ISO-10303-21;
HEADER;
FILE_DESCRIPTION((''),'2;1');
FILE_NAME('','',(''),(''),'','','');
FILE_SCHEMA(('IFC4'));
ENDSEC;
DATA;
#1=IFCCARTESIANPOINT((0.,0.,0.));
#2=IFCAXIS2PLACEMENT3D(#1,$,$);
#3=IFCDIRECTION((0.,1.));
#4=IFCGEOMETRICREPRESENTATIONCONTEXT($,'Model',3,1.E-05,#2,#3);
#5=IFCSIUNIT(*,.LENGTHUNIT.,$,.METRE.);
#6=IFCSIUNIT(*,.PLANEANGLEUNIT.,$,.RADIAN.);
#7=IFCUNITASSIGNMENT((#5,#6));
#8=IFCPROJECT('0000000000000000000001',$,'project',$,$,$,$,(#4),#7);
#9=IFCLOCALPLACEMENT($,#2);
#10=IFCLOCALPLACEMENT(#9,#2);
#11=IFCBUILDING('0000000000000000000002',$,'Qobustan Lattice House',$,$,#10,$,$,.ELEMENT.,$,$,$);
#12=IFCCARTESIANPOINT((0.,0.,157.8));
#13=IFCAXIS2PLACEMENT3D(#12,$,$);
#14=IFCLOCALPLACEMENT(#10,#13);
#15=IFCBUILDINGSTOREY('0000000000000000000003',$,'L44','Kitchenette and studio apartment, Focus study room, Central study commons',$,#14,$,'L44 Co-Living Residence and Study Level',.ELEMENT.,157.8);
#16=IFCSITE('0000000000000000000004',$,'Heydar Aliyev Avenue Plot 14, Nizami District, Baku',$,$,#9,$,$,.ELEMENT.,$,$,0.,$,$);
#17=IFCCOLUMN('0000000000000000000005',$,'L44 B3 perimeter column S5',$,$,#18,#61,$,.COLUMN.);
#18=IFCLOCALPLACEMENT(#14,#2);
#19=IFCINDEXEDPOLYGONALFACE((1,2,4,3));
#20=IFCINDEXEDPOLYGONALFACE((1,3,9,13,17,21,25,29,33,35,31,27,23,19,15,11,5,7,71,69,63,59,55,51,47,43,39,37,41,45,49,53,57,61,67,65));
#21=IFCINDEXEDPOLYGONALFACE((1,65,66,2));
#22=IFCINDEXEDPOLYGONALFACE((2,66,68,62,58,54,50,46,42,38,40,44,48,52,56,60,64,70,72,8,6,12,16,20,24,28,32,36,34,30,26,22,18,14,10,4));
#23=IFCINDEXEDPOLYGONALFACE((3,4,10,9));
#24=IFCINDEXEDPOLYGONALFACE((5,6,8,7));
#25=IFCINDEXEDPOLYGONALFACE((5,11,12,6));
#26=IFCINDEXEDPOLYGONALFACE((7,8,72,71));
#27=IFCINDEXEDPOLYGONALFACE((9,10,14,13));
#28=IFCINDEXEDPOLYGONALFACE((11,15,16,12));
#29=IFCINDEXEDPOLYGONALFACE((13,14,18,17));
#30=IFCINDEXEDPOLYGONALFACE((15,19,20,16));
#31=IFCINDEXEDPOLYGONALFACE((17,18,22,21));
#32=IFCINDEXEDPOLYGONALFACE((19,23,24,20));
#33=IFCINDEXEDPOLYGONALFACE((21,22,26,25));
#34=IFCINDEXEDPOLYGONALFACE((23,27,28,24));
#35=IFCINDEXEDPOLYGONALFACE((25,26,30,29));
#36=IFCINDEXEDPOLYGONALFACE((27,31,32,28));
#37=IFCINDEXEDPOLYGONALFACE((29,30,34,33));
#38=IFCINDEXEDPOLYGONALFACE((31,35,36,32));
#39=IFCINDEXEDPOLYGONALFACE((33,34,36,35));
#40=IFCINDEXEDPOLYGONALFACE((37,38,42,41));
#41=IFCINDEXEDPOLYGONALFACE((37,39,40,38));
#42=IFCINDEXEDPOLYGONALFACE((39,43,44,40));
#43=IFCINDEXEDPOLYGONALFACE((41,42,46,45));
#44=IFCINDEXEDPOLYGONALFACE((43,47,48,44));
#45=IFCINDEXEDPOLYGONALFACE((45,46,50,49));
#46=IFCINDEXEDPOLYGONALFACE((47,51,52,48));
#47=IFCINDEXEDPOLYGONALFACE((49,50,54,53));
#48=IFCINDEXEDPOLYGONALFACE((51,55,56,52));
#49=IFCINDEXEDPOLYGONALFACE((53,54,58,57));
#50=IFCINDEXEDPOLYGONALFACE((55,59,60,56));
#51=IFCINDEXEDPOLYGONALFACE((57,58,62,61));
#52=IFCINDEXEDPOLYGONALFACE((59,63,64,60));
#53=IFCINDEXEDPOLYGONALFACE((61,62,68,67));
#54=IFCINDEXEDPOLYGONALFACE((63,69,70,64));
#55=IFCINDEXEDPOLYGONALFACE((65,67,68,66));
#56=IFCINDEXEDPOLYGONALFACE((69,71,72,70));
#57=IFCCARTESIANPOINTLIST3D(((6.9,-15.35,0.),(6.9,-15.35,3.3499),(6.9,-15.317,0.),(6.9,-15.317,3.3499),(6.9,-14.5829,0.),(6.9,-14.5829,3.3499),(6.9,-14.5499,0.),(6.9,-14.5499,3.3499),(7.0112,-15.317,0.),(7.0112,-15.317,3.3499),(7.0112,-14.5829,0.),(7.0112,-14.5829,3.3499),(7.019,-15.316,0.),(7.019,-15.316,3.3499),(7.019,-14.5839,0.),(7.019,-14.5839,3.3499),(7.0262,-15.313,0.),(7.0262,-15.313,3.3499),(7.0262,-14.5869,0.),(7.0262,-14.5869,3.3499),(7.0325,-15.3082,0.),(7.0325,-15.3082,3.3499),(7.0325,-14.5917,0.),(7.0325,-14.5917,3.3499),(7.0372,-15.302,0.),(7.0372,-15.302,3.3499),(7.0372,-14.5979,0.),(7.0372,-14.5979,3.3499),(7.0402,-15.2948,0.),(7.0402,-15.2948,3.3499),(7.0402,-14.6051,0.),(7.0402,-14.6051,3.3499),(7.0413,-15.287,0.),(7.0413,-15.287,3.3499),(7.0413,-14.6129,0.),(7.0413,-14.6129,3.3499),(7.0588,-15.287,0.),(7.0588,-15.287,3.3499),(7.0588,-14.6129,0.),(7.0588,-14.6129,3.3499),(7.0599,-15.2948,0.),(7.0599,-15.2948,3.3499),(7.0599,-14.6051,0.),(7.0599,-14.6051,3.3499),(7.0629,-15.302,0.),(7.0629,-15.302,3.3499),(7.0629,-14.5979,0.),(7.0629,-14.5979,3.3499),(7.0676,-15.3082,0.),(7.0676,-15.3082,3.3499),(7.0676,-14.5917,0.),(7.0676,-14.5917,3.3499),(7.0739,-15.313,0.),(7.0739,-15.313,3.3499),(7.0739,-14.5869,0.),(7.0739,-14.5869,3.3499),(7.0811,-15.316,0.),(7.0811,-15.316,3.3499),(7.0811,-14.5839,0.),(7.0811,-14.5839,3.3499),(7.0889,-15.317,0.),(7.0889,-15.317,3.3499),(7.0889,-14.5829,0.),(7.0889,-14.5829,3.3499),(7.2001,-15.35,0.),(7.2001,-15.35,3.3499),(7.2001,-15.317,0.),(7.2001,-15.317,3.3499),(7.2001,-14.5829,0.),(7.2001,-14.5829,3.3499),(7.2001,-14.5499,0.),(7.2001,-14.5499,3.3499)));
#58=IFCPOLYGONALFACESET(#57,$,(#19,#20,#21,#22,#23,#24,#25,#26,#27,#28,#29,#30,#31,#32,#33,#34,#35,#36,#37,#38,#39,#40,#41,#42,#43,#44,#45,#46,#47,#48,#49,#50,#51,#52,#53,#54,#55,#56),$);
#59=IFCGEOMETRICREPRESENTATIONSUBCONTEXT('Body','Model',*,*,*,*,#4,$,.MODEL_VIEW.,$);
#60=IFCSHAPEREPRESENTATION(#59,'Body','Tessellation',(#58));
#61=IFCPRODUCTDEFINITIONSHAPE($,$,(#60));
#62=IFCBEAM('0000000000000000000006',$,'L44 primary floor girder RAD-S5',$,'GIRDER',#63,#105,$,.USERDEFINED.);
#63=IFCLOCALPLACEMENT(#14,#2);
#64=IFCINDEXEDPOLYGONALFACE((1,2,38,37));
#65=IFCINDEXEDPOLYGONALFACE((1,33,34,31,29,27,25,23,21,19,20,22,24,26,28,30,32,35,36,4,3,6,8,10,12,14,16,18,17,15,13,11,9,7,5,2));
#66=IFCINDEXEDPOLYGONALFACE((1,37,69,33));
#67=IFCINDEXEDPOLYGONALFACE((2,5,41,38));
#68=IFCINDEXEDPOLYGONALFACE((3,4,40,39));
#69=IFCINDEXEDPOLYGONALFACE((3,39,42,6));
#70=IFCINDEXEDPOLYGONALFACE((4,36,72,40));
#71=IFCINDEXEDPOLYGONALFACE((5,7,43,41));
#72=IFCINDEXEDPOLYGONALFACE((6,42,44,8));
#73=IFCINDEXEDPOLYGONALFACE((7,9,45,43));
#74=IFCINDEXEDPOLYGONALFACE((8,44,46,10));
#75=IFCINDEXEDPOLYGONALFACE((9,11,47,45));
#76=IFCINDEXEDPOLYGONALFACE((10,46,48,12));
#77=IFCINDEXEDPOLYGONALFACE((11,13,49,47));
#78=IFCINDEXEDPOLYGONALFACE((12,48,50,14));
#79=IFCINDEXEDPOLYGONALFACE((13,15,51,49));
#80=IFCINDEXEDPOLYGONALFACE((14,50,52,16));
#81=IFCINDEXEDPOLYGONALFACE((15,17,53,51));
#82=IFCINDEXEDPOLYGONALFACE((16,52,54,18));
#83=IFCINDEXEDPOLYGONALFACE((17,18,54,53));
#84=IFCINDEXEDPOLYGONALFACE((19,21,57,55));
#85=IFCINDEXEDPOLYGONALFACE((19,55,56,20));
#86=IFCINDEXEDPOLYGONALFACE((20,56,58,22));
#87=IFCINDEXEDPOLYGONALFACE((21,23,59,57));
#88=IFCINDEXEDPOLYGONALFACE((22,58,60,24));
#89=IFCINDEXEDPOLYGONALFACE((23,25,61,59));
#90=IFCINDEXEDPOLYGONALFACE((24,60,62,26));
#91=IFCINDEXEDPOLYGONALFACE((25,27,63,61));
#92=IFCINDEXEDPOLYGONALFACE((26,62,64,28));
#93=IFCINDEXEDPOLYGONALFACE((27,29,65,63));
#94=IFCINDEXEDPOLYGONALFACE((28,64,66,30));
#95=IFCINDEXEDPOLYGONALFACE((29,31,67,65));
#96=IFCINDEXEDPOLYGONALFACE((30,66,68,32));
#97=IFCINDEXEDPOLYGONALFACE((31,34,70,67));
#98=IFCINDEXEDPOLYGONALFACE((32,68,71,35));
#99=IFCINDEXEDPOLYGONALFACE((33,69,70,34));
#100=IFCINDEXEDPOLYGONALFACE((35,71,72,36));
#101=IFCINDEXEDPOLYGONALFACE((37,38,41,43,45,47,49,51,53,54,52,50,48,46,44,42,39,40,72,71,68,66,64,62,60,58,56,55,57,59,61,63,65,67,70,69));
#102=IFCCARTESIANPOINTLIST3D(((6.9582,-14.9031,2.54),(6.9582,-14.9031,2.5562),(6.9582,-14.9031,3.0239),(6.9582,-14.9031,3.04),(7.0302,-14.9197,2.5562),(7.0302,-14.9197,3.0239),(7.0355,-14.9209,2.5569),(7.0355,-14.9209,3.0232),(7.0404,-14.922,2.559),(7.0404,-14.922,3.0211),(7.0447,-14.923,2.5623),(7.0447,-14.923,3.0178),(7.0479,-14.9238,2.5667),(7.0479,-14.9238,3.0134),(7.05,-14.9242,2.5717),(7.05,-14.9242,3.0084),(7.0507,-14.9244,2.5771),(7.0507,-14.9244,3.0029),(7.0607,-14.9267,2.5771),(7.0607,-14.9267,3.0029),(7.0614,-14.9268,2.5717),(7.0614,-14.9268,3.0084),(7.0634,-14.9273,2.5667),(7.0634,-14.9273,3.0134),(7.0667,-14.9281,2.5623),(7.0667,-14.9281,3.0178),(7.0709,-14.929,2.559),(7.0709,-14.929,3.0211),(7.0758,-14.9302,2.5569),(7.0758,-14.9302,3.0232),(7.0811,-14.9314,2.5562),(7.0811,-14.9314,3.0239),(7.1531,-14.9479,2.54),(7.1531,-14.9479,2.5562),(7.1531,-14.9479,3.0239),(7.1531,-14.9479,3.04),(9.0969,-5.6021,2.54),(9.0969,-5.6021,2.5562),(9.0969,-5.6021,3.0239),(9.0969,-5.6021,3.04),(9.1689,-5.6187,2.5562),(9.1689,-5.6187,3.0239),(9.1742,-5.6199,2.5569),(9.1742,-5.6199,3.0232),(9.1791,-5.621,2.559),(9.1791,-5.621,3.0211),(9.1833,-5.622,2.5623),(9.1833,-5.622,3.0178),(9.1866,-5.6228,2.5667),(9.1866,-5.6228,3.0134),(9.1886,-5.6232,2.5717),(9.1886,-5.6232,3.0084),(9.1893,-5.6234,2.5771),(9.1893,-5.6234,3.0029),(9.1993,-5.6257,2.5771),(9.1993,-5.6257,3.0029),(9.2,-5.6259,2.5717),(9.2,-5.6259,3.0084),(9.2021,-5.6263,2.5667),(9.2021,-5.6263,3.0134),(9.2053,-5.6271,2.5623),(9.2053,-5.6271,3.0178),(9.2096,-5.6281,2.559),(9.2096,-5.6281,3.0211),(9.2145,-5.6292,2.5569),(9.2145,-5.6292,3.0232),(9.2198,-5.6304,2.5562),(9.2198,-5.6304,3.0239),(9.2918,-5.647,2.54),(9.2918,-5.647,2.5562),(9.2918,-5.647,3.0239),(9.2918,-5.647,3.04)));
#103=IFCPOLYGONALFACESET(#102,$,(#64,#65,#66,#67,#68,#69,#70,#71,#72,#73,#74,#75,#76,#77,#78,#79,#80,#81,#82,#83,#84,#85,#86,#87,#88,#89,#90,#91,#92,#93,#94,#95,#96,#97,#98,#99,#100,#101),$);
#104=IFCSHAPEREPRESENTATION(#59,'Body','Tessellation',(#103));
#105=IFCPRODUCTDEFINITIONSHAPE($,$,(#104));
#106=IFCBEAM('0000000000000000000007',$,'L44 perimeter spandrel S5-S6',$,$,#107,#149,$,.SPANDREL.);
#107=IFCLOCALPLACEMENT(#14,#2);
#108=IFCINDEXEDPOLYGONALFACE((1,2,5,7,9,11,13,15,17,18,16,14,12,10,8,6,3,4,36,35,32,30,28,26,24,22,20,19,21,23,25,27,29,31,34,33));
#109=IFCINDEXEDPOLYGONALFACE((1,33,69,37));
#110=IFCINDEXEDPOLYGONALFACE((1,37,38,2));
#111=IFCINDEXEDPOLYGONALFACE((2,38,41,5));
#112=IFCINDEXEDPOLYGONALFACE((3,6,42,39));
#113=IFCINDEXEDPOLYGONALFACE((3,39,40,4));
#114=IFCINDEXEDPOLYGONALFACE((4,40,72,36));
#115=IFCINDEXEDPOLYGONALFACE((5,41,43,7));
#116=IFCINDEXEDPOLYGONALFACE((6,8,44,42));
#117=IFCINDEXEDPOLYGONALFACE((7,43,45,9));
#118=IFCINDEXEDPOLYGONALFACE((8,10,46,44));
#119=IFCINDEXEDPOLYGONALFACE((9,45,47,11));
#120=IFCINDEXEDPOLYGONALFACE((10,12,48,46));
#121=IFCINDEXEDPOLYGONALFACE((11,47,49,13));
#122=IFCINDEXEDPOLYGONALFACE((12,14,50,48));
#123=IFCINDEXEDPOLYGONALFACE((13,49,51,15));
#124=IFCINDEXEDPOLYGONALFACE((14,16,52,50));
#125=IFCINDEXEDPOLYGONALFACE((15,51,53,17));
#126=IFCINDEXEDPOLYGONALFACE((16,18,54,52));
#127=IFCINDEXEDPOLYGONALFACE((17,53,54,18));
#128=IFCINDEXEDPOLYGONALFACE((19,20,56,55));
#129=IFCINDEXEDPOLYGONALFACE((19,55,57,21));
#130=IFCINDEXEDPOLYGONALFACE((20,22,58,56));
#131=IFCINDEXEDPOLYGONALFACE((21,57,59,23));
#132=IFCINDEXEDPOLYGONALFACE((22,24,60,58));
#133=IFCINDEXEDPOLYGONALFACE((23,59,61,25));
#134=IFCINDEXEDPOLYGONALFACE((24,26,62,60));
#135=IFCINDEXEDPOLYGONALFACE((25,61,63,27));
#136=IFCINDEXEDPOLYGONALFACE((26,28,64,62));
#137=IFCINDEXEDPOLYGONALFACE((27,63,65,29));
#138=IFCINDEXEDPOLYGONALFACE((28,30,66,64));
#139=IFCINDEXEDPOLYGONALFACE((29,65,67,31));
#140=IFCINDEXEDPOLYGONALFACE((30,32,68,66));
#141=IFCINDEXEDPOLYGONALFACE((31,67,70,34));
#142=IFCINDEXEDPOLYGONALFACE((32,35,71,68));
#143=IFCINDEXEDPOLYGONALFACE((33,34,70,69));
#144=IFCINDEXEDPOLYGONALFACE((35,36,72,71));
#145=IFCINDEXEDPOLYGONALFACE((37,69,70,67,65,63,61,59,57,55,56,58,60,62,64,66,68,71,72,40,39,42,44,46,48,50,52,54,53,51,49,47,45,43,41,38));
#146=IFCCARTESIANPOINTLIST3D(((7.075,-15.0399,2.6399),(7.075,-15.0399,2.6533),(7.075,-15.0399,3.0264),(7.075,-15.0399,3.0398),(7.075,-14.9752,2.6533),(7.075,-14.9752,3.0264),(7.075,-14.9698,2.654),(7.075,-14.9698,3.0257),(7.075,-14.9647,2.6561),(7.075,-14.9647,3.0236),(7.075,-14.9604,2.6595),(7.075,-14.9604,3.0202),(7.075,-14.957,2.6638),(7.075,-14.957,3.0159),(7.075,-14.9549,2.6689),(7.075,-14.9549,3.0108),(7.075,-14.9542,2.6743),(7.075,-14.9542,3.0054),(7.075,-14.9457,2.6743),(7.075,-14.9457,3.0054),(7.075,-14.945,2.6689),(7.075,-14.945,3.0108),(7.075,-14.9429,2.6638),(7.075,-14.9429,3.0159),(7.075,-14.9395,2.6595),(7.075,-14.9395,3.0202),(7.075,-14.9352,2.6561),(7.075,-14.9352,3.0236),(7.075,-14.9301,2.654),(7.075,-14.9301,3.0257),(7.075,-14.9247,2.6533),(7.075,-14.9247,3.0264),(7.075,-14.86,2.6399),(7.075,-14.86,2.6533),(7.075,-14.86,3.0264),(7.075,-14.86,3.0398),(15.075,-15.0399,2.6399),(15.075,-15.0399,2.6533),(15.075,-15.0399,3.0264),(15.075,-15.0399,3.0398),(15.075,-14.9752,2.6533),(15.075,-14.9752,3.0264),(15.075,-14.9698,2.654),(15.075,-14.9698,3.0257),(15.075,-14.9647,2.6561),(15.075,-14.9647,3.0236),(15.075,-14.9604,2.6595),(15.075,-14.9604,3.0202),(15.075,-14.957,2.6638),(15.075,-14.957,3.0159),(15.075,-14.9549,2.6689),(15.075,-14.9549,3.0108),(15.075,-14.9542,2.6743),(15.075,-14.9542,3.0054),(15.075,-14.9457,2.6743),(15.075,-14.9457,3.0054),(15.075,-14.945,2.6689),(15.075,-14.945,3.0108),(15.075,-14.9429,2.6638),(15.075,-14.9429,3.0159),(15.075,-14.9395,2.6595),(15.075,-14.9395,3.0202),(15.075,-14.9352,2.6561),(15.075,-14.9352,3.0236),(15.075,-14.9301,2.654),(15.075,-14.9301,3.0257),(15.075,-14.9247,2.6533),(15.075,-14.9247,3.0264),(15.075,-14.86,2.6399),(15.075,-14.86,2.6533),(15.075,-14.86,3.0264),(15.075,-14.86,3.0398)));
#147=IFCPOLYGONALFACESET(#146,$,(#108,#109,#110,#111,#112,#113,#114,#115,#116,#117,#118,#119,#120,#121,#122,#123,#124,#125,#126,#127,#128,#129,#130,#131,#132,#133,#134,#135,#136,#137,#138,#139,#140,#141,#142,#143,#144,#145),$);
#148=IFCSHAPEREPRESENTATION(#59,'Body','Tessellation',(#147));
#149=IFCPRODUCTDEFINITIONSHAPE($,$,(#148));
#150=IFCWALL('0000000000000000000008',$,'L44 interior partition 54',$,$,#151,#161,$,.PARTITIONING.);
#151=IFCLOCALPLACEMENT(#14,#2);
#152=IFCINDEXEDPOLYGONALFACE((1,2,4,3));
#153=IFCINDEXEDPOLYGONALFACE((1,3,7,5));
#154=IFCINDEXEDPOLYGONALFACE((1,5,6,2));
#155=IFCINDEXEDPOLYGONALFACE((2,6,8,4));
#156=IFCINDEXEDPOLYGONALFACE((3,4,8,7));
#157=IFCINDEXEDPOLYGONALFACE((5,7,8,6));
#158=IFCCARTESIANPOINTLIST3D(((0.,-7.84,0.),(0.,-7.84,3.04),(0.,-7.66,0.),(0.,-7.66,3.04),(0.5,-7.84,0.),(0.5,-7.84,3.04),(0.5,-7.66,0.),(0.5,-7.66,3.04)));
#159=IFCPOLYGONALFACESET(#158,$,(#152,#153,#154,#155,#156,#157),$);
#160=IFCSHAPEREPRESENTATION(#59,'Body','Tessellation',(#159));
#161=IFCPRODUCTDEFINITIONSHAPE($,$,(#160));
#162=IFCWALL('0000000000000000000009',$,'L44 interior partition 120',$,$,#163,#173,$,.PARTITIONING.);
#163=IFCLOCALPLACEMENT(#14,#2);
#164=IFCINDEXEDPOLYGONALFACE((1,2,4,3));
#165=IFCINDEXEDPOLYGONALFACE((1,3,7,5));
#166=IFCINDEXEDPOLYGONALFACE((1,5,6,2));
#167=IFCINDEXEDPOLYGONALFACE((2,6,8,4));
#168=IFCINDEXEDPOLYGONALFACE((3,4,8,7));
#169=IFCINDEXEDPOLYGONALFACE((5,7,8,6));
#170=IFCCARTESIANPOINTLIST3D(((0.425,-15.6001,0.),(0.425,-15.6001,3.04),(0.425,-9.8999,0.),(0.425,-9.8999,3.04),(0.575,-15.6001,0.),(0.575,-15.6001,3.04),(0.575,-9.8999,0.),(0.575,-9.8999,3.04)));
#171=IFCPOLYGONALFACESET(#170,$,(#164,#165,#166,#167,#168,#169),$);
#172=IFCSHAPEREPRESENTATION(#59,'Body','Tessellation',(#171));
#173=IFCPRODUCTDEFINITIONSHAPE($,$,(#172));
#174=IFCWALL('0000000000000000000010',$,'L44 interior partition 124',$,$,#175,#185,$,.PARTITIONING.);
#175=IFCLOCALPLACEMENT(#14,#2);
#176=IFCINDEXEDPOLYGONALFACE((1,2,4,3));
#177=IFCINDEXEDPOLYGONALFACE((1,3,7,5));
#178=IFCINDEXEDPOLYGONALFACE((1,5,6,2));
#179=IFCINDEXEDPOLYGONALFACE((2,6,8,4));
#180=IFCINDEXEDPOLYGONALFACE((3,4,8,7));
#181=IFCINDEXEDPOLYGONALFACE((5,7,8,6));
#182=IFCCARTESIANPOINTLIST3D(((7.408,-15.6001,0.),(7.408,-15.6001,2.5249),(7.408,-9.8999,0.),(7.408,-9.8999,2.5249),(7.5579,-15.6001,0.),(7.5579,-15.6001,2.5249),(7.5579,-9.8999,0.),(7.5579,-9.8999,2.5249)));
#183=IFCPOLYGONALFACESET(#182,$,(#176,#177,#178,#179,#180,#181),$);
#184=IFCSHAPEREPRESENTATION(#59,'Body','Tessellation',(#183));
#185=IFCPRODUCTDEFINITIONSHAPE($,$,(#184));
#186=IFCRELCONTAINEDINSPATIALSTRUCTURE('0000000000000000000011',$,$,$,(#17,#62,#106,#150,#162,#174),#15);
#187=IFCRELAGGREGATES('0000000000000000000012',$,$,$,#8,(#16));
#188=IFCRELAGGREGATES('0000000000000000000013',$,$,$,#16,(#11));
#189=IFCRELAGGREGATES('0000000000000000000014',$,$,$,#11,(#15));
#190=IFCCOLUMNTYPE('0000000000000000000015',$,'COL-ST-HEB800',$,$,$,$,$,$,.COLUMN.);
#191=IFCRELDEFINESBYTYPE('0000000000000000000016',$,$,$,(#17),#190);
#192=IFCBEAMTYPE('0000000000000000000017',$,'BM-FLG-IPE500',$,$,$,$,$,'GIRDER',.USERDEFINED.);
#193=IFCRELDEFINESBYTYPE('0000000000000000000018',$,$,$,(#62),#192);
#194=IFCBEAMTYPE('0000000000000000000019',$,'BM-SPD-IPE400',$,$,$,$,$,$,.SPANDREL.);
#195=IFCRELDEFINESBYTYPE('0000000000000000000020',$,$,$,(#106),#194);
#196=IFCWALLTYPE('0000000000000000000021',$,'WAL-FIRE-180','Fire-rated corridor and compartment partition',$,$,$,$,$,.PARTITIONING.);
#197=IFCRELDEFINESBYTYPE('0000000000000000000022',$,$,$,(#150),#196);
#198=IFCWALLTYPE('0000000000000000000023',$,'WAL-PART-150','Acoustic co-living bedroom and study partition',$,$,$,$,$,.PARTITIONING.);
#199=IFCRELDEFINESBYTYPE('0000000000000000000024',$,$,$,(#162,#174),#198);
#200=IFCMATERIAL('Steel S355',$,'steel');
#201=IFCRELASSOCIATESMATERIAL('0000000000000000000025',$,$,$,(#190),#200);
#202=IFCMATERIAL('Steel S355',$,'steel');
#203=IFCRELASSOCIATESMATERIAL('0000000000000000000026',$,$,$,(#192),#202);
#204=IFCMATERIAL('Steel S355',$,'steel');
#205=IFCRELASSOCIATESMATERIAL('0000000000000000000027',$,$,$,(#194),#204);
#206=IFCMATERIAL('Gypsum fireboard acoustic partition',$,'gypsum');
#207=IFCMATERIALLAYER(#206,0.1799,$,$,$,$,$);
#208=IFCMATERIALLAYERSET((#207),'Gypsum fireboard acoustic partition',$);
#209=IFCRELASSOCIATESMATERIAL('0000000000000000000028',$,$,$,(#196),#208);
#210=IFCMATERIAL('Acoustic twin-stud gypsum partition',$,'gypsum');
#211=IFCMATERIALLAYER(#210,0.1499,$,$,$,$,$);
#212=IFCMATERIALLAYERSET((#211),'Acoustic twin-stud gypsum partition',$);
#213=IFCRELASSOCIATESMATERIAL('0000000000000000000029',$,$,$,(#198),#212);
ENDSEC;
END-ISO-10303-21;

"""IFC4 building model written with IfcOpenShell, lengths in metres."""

from ifc_helpers import new_model, si_unit, direction, frame, frame_2d, origin, origin_2d, place, context, subcontext, project, spatial, rectangle, i_section, extrude, material, layer, layer_set, material_profile, profile_set, type_object, element, save


model = new_model("IFC4")

# Units and contexts
model_context = context("Model", 3, precision=1e-05, world=origin(), true_north=direction((0.0, 1.0)))
body_context = subcontext(model_context, "Body", "Model", "MODEL_VIEW")
ifc_project = project(units=[si_unit("LENGTHUNIT", "METRE"), si_unit("PLANEANGLEUNIT", "RADIAN")], contexts=[model_context])

# Site, building, storey
site_placement = place(None, origin())
site = spatial("IfcSite", under=ifc_project, at=site_placement, Name="Heydar Aliyev Avenue Plot 14, Nizami District, Baku", CompositionType="ELEMENT", RefElevation=0.0)
building_placement = place(site_placement, origin())
building = spatial("IfcBuilding", under=site, at=building_placement, Name="Qobustan Lattice House", CompositionType="ELEMENT")
storey_placement = place(building_placement, frame((0.0, 0.0, 157.8)))
storey = spatial("IfcBuildingStorey", under=building, at=storey_placement, Name="L44", Description="Kitchenette and studio apartment, Focus study room, Central study commons", LongName="L44 Co-Living Residence and Study Level", CompositionType="ELEMENT", Elevation=157.8)

# Column
ifc_material_1 = material(Name="Steel S355", Category="steel")
ifc_material_profile_1 = material_profile(ifc_material_1, i_section(OverallWidth=0.3, OverallDepth=0.8, WebThickness=0.0176, FlangeThickness=0.033, FilletRadius=0.03, at=origin_2d()), Name="HEB800")
ifc_profile_set_1 = profile_set([ifc_material_profile_1], Name="Steel S355")
column_type = type_object("IfcColumnType", Name="COL-ST-HEB800", PredefinedType="COLUMN", material=ifc_profile_set_1)
column_placement = place(storey_placement, frame((7.05, -14.95, 0.0), z_axis=(0.0, 0.0, 1.0), x_axis=(1.0, 0.0, 0.0)))
element("IfcColumn", 1, at=column_placement, inside=storey, type_object=column_type, Name="L44 B3 perimeter column S5", PredefinedType="COLUMN", context=body_context, shape_type="SweptSolid", body=[
    extrude(i_section(OverallWidth=0.3, OverallDepth=0.8, WebThickness=0.0176, FlangeThickness=0.033, FilletRadius=0.03, at=origin_2d()), origin(), (0.0, 0.0, 1.0), 3.3499),
])

# Beams
ifc_material_2 = material(Name="Steel S355", Category="steel")
ifc_material_profile_2 = material_profile(ifc_material_2, i_section(OverallWidth=0.2, OverallDepth=0.5, WebThickness=0.0103, FlangeThickness=0.0161, FilletRadius=0.021, at=origin_2d()), Name="IPE500")
ifc_profile_set_2 = profile_set([ifc_material_profile_2], Name="Steel S355")
beam_type_1 = type_object("IfcBeamType", Name="BM-FLG-IPE500", ElementType="GIRDER", PredefinedType="USERDEFINED", material=ifc_profile_set_2)
beam_1_placement = place(storey_placement, frame((7.0557, -14.9255, 2.79), z_axis=(0.224092, 0.974568, 0.0), x_axis=(-0.974568, 0.224092, 0.0)))
element("IfcBeam", 2, at=beam_1_placement, inside=storey, type_object=beam_type_1, Name="L44 primary floor girder RAD-S5", ObjectType="GIRDER", PredefinedType="USERDEFINED", context=body_context, shape_type="SweptSolid", body=[
    extrude(i_section(OverallWidth=0.2, OverallDepth=0.5, WebThickness=0.0103, FlangeThickness=0.0161, FilletRadius=0.021, at=origin_2d()), origin(), (0.0, 0.0, 1.0), 9.5437),
])
ifc_material_3 = material(Name="Steel S355", Category="steel")
ifc_material_profile_3 = material_profile(ifc_material_3, i_section(OverallWidth=0.1799, OverallDepth=0.3999, WebThickness=0.0085, FlangeThickness=0.0134, FilletRadius=0.021, at=origin_2d()), Name="IPE400")
ifc_profile_set_3 = profile_set([ifc_material_profile_3], Name="Steel S355")
beam_type_2 = type_object("IfcBeamType", Name="BM-SPD-IPE400", PredefinedType="SPANDREL", material=ifc_profile_set_3)
beam_2_placement = place(storey_placement, frame((7.075, -14.95, 2.8398), z_axis=(1.0, 0.0, 0.0), x_axis=(0.0, 1.0, 0.0)))
element("IfcBeam", 3, at=beam_2_placement, inside=storey, type_object=beam_type_2, Name="L44 perimeter spandrel S5-S6", PredefinedType="SPANDREL", context=body_context, shape_type="SweptSolid", body=[
    extrude(i_section(OverallWidth=0.1799, OverallDepth=0.3999, WebThickness=0.0085, FlangeThickness=0.0134, FilletRadius=0.021, at=origin_2d()), origin(), (0.0, 0.0, 1.0), 8.0),
])

# Shared definitions
ifc_material_4 = material(Name="Gypsum fireboard acoustic partition", Category="gypsum")
ifc_layer_1 = layer(ifc_material_4, 0.1799)
ifc_layer_set_1 = layer_set([ifc_layer_1], Name="Gypsum fireboard acoustic partition")
wall_type_1 = type_object("IfcWallType", Name="WAL-FIRE-180", Description="Fire-rated corridor and compartment partition", PredefinedType="PARTITIONING", material=ifc_layer_set_1)

# Wall
wall_1_placement = place(storey_placement, frame((0.5, -7.75, 0.0), z_axis=(0.0, 0.0, 1.0), x_axis=(-1.0, 0.0, 0.0)))
element("IfcWall", 4, at=wall_1_placement, inside=storey, type_object=wall_type_1, Name="L44 interior partition 54", PredefinedType="PARTITIONING", context=body_context, shape_type="SweptSolid", body=[
    extrude(rectangle(XDim=0.5, YDim=0.1799, at=frame_2d((0.25, 0.0))), origin(), (0.0, 0.0, 1.0), 3.04),
])

# Walls
ifc_material_5 = material(Name="Acoustic twin-stud gypsum partition", Category="gypsum")
ifc_layer_2 = layer(ifc_material_5, 0.1499)
ifc_layer_set_2 = layer_set([ifc_layer_2], Name="Acoustic twin-stud gypsum partition")
wall_type_2 = type_object("IfcWallType", Name="WAL-PART-150", Description="Acoustic co-living bedroom and study partition", PredefinedType="PARTITIONING", material=ifc_layer_set_2)
wall_2_placement = place(storey_placement, frame((0.5, -9.8999, 0.0), z_axis=(0.0, 0.0, 1.0), x_axis=(0.0, -1.0, 0.0)))
element("IfcWall", 5, at=wall_2_placement, inside=storey, type_object=wall_type_2, Name="L44 interior partition 120", PredefinedType="PARTITIONING", context=body_context, shape_type="SweptSolid", body=[
    extrude(rectangle(XDim=5.7002, YDim=0.1499, at=frame_2d((2.8501, 0.0))), origin(), (0.0, 0.0, 1.0), 3.04),
])
wall_3_placement = place(storey_placement, frame((7.4829, -9.8999, 0.0), z_axis=(0.0, 0.0, 1.0), x_axis=(0.0, -1.0, 0.0)))
element("IfcWall", 6, at=wall_3_placement, inside=storey, type_object=wall_type_2, Name="L44 interior partition 124", PredefinedType="PARTITIONING", context=body_context, shape_type="SweptSolid", body=[
    extrude(rectangle(XDim=5.7002, YDim=0.1499, at=frame_2d((2.8501, 0.0))), origin(), (0.0, 0.0, 1.0), 2.5249),
])

save(model, "model.ifc")
